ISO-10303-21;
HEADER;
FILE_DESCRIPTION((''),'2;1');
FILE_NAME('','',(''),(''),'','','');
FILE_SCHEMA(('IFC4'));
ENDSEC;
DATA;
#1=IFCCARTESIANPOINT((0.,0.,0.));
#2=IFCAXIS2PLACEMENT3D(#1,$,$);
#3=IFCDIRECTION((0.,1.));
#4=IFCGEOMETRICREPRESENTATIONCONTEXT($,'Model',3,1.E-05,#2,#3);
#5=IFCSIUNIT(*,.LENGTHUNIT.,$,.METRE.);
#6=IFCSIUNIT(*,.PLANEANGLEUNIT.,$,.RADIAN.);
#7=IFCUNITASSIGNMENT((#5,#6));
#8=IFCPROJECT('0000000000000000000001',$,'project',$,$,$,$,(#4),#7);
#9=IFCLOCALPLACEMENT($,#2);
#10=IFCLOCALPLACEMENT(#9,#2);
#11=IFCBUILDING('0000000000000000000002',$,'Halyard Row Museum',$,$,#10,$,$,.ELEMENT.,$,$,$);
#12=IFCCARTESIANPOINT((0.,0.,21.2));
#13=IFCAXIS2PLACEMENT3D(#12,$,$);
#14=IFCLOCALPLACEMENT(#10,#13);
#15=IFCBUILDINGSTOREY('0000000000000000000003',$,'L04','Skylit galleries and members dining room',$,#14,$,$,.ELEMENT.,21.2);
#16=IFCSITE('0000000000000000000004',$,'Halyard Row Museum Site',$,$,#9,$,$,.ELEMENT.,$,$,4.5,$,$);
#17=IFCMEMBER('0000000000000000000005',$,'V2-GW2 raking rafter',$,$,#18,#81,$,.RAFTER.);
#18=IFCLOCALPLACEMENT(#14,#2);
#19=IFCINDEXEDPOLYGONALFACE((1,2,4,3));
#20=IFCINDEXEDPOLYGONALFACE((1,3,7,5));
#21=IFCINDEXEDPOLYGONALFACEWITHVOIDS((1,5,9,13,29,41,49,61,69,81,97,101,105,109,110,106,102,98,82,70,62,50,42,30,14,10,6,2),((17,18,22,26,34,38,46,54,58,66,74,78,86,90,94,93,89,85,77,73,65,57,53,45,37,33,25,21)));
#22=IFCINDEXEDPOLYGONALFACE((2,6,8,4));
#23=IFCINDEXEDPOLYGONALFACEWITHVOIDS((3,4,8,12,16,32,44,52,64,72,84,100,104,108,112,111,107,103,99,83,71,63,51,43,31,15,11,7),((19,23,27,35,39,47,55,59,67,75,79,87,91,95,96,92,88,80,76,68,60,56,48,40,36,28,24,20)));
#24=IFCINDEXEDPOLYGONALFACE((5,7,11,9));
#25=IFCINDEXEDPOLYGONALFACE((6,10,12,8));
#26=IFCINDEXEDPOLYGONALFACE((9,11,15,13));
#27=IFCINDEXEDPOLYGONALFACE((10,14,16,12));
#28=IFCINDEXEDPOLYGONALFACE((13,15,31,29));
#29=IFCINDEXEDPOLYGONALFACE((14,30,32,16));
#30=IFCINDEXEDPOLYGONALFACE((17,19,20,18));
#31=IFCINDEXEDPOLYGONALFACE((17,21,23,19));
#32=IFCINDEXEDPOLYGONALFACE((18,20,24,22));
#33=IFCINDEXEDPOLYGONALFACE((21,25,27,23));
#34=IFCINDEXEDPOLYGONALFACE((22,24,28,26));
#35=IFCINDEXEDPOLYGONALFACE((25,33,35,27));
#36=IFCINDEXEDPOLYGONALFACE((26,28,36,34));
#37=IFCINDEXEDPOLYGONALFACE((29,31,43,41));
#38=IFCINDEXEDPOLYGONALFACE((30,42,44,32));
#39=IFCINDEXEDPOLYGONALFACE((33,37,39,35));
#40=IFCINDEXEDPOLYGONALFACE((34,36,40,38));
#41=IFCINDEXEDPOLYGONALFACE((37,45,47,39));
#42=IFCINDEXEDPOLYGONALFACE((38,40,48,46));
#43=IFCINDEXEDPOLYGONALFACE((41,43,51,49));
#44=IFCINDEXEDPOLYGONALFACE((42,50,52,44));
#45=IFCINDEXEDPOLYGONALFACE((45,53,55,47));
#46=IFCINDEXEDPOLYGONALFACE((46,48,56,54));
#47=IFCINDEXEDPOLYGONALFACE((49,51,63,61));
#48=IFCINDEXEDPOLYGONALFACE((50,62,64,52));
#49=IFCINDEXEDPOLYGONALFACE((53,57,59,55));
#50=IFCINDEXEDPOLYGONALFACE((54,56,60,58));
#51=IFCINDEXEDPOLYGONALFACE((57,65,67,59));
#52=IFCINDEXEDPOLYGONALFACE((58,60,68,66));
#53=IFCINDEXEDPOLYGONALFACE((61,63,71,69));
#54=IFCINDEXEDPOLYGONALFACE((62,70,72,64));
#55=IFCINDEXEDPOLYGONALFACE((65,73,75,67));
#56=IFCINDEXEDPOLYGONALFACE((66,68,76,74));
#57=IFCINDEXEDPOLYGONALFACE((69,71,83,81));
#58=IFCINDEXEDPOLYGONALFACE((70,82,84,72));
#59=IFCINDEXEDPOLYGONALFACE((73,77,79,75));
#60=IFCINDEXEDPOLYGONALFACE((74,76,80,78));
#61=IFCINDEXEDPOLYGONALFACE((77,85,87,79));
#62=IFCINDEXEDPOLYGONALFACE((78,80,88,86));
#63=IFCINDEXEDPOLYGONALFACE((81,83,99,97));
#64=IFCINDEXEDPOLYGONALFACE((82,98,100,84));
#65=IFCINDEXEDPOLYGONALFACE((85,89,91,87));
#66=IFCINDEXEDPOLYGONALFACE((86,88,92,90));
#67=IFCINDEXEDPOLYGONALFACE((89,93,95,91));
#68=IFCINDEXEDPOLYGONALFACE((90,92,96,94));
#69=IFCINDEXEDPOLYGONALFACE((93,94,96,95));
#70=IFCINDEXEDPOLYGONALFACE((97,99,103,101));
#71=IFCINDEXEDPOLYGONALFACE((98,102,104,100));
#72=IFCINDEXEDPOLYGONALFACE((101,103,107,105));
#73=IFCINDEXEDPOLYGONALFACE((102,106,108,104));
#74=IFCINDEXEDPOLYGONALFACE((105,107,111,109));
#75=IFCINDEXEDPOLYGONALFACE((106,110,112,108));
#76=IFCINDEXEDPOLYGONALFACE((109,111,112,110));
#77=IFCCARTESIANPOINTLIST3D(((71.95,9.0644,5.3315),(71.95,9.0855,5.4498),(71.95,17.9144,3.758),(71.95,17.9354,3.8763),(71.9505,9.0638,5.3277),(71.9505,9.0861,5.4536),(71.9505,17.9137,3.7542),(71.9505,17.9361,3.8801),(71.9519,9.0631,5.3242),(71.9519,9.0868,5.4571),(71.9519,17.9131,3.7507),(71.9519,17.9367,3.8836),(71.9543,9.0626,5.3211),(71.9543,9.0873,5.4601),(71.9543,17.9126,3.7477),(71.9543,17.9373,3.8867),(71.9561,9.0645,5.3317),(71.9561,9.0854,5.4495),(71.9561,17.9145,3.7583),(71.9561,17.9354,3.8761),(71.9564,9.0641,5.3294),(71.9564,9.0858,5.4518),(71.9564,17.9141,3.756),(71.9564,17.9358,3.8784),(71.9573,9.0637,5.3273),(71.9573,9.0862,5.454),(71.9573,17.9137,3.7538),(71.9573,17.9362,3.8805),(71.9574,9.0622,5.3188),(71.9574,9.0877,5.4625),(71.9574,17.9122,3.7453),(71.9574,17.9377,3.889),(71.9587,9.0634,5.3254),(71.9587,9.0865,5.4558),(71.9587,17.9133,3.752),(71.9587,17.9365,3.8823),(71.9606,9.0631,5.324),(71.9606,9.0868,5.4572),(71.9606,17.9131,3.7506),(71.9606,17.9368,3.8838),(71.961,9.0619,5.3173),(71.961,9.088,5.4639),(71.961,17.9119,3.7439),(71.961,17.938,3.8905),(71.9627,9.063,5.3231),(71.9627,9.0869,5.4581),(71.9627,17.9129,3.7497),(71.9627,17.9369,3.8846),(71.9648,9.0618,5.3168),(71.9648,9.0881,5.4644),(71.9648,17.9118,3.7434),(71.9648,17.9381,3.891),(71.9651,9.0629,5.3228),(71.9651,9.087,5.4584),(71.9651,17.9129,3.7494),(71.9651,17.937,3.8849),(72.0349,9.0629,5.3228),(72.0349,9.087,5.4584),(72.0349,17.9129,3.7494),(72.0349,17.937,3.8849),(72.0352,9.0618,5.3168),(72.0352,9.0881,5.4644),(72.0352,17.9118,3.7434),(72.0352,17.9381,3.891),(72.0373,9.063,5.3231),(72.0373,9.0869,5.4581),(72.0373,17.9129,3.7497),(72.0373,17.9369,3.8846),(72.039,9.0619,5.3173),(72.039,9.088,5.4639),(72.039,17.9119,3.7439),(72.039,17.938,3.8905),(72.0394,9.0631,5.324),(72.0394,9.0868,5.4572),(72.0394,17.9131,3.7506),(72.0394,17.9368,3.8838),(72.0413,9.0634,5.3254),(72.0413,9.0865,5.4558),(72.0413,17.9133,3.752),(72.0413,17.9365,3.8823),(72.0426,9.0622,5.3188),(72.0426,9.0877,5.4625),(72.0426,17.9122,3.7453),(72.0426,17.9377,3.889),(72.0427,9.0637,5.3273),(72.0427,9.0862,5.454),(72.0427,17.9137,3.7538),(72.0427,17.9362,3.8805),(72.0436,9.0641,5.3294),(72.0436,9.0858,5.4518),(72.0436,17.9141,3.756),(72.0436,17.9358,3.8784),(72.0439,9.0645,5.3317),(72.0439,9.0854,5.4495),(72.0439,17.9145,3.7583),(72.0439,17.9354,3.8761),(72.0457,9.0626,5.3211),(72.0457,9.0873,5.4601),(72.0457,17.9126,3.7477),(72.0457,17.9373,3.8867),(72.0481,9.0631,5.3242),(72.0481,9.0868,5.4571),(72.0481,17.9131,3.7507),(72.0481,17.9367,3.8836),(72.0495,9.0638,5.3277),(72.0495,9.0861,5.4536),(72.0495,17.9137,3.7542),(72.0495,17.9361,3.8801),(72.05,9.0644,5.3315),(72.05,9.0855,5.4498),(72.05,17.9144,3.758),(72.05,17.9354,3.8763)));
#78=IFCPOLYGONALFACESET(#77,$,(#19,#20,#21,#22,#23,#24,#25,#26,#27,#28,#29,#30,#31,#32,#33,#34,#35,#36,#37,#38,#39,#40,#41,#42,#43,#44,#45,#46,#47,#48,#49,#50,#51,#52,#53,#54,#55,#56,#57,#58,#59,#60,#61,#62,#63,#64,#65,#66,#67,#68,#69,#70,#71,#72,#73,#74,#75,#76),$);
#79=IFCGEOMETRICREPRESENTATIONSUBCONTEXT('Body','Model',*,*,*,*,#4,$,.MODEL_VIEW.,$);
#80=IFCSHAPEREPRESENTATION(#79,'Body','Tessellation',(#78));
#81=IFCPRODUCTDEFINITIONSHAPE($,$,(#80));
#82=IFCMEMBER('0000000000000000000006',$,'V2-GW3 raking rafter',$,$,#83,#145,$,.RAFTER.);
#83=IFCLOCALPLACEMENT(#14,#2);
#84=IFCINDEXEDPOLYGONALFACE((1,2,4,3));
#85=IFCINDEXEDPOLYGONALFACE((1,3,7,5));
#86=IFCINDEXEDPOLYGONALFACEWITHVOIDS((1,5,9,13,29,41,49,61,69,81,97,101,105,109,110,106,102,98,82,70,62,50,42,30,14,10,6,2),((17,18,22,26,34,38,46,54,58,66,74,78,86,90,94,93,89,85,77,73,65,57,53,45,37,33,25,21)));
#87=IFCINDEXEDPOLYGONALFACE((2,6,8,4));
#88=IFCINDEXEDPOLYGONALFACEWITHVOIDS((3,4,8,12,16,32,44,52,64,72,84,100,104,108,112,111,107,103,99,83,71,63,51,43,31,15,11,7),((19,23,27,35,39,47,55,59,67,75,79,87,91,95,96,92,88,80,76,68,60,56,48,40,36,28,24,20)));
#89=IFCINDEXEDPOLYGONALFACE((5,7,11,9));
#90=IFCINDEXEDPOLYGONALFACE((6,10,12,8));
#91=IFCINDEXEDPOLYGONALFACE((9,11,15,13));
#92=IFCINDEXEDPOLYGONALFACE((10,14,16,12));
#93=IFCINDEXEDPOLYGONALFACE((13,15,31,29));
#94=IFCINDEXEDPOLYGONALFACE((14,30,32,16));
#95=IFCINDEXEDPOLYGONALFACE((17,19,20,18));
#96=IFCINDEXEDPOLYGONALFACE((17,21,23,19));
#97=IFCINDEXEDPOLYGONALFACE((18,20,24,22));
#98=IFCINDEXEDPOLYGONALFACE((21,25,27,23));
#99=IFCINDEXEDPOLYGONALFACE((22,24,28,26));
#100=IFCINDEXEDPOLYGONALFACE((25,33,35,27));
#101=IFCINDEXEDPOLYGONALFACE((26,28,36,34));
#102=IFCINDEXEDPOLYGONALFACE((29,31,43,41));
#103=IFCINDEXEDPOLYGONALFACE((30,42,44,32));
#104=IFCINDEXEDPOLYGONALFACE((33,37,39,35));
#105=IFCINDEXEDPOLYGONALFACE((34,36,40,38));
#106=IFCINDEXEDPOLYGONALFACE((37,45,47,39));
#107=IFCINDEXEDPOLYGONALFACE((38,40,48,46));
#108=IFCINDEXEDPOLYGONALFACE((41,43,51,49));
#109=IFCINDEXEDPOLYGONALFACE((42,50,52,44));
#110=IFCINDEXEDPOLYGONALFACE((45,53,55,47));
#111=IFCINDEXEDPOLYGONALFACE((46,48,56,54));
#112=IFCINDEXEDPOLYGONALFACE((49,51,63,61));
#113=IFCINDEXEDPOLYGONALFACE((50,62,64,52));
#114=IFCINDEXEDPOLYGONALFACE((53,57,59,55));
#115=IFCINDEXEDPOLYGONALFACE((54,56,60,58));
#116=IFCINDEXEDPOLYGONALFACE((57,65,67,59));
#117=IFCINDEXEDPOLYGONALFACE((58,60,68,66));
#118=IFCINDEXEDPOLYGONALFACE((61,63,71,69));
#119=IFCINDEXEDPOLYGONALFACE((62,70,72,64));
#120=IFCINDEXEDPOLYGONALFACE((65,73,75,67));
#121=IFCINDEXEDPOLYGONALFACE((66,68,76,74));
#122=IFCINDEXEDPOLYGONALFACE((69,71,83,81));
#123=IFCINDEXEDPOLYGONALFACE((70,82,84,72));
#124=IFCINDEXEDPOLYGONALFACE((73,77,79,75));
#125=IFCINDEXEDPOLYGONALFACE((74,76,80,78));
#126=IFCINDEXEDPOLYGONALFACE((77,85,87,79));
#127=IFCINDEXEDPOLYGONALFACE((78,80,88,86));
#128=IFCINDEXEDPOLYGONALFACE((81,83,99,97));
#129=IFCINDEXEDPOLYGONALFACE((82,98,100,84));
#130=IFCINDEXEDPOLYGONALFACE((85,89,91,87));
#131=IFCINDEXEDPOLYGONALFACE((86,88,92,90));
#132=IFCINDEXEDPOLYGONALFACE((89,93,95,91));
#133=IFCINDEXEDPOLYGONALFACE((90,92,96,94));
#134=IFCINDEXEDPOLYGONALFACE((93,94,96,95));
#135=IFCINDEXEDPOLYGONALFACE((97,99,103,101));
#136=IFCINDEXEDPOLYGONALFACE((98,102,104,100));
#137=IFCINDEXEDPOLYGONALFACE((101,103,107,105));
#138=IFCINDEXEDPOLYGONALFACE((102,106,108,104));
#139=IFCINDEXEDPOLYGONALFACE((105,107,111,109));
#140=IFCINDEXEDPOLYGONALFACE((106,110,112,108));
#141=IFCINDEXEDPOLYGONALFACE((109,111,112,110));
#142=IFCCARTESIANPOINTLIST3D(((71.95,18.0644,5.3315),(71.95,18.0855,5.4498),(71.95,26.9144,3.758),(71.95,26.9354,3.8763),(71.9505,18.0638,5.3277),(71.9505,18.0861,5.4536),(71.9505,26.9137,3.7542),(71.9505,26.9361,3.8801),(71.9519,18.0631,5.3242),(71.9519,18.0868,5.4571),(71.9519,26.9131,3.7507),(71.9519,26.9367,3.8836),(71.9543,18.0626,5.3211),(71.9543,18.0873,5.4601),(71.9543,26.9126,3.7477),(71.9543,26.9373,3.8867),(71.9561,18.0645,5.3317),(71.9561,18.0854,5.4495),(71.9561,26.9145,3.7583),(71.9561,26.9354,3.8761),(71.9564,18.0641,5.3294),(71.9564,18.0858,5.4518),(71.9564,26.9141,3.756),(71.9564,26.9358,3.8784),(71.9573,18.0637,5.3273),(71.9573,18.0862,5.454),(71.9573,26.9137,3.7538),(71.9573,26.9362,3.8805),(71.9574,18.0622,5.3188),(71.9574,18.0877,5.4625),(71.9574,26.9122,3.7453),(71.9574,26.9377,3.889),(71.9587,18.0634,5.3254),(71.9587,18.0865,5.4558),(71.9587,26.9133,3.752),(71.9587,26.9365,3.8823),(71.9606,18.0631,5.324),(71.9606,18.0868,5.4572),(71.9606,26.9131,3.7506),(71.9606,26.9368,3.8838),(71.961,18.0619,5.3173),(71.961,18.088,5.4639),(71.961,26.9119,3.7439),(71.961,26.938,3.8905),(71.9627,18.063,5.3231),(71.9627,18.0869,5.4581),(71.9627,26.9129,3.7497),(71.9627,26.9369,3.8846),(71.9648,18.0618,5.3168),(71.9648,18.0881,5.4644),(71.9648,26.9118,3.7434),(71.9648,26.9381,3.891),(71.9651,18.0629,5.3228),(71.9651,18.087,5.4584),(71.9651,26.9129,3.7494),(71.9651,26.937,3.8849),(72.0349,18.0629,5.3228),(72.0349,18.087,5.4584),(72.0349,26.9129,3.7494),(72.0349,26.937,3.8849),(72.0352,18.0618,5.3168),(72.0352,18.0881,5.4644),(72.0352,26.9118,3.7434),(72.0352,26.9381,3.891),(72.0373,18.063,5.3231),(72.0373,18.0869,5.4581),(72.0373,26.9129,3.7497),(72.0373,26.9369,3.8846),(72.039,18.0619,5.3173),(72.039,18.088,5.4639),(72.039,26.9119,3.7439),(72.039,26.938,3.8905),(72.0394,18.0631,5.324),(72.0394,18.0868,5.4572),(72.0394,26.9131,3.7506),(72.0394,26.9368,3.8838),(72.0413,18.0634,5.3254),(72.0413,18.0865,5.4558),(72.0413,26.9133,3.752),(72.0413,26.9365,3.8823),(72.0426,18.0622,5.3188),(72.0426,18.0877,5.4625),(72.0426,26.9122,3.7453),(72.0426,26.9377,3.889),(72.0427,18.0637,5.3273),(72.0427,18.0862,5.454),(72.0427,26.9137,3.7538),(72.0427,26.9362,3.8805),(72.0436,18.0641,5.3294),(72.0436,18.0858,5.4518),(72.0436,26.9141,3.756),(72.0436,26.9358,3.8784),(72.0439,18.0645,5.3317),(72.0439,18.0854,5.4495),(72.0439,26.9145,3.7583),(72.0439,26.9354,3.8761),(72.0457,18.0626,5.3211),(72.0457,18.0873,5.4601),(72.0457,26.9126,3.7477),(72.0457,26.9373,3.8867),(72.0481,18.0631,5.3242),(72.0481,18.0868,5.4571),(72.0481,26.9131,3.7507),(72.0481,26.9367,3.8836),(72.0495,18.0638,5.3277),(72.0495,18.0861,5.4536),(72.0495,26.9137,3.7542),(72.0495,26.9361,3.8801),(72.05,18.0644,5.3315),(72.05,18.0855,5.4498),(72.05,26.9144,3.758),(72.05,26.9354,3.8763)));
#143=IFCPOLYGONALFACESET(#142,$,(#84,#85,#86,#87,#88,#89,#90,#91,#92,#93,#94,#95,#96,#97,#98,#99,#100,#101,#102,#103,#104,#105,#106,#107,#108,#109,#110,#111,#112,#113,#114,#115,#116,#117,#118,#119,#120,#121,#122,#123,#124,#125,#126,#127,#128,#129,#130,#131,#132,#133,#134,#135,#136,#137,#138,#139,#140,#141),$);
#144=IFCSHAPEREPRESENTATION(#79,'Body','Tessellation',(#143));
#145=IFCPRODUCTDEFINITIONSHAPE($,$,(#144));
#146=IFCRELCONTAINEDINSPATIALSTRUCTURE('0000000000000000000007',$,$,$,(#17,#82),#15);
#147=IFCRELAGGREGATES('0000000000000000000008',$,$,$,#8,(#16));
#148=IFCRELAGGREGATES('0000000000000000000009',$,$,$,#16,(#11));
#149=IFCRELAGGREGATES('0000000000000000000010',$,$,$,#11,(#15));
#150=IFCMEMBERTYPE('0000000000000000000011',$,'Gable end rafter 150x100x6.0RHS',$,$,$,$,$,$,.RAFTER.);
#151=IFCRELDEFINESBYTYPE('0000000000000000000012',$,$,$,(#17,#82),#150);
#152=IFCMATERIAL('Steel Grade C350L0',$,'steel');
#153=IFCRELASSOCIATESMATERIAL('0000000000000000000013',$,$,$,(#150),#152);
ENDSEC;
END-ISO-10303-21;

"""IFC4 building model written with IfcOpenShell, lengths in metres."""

from ifc_helpers import new_model, si_unit, direction, frame, origin, origin_2d, place, context, subcontext, project, spatial, hollow_rectangle, extrude, material, material_profile, profile_set, type_object, element, save


model = new_model("IFC4")

# Units and contexts
model_context = context("Model", 3, precision=1e-05, world=origin(), true_north=direction((0.0, 1.0)))
body_context = subcontext(model_context, "Body", "Model", "MODEL_VIEW")
ifc_project = project(units=[si_unit("LENGTHUNIT", "METRE"), si_unit("PLANEANGLEUNIT", "RADIAN")], contexts=[model_context])

# Site, building, storey
site_placement = place(None, origin())
site = spatial("IfcSite", under=ifc_project, at=site_placement, Name="Halyard Row Museum Site", CompositionType="ELEMENT", RefElevation=4.5)
building_placement = place(site_placement, origin())
building = spatial("IfcBuilding", under=site, at=building_placement, Name="Halyard Row Museum", CompositionType="ELEMENT")
storey_placement = place(building_placement, frame((0.0, 0.0, 21.2)))
storey = spatial("IfcBuildingStorey", under=building, at=storey_placement, Name="L04", Description="Skylit galleries and members dining room", CompositionType="ELEMENT", Elevation=21.2)

# Members
ifc_material_1 = material(Name="Steel Grade C350L0", Category="steel")
ifc_material_profile_1 = material_profile(ifc_material_1, hollow_rectangle(XDim=0.1001, YDim=0.1499, WallThickness=0.0061, InnerFilletRadius=0.009, OuterFilletRadius=0.0149, at=origin_2d()), Name="150x100x6.0RHS")
ifc_profile_set_1 = profile_set([ifc_material_profile_1], Name="Steel Grade C350L0")
member_type_1 = type_object("IfcMemberType", Name="Gable end rafter 150x100x6.0RHS", PredefinedType="RAFTER", material=ifc_profile_set_1)
for number, where, z_axis, x_axis, name in (
    (1, (72.0, 9.075, 5.3906), (0.0, 0.98456, -0.175048), (-1.0, 0.0, 0.0), "V2-GW2 raking rafter"),
    (2, (72.0, 18.075, 5.3906), (0.0, 0.98456, -0.175048), (-1.0, 0.0, 0.0), "V2-GW3 raking rafter"),
):
    element("IfcMember", number, at=place(storey_placement, frame(where, z_axis=z_axis, x_axis=x_axis)), inside=storey, type_object=member_type_1, Name=name, PredefinedType="RAFTER", context=body_context, shape_type="SweptSolid", body=[
        extrude(hollow_rectangle(XDim=0.1001, YDim=0.1499, WallThickness=0.0061, InnerFilletRadius=0.009, OuterFilletRadius=0.0149, at=origin_2d()), origin(), (0.0, 0.0, 1.0), 8.9888),
    ])

save(model, "model.ifc")
